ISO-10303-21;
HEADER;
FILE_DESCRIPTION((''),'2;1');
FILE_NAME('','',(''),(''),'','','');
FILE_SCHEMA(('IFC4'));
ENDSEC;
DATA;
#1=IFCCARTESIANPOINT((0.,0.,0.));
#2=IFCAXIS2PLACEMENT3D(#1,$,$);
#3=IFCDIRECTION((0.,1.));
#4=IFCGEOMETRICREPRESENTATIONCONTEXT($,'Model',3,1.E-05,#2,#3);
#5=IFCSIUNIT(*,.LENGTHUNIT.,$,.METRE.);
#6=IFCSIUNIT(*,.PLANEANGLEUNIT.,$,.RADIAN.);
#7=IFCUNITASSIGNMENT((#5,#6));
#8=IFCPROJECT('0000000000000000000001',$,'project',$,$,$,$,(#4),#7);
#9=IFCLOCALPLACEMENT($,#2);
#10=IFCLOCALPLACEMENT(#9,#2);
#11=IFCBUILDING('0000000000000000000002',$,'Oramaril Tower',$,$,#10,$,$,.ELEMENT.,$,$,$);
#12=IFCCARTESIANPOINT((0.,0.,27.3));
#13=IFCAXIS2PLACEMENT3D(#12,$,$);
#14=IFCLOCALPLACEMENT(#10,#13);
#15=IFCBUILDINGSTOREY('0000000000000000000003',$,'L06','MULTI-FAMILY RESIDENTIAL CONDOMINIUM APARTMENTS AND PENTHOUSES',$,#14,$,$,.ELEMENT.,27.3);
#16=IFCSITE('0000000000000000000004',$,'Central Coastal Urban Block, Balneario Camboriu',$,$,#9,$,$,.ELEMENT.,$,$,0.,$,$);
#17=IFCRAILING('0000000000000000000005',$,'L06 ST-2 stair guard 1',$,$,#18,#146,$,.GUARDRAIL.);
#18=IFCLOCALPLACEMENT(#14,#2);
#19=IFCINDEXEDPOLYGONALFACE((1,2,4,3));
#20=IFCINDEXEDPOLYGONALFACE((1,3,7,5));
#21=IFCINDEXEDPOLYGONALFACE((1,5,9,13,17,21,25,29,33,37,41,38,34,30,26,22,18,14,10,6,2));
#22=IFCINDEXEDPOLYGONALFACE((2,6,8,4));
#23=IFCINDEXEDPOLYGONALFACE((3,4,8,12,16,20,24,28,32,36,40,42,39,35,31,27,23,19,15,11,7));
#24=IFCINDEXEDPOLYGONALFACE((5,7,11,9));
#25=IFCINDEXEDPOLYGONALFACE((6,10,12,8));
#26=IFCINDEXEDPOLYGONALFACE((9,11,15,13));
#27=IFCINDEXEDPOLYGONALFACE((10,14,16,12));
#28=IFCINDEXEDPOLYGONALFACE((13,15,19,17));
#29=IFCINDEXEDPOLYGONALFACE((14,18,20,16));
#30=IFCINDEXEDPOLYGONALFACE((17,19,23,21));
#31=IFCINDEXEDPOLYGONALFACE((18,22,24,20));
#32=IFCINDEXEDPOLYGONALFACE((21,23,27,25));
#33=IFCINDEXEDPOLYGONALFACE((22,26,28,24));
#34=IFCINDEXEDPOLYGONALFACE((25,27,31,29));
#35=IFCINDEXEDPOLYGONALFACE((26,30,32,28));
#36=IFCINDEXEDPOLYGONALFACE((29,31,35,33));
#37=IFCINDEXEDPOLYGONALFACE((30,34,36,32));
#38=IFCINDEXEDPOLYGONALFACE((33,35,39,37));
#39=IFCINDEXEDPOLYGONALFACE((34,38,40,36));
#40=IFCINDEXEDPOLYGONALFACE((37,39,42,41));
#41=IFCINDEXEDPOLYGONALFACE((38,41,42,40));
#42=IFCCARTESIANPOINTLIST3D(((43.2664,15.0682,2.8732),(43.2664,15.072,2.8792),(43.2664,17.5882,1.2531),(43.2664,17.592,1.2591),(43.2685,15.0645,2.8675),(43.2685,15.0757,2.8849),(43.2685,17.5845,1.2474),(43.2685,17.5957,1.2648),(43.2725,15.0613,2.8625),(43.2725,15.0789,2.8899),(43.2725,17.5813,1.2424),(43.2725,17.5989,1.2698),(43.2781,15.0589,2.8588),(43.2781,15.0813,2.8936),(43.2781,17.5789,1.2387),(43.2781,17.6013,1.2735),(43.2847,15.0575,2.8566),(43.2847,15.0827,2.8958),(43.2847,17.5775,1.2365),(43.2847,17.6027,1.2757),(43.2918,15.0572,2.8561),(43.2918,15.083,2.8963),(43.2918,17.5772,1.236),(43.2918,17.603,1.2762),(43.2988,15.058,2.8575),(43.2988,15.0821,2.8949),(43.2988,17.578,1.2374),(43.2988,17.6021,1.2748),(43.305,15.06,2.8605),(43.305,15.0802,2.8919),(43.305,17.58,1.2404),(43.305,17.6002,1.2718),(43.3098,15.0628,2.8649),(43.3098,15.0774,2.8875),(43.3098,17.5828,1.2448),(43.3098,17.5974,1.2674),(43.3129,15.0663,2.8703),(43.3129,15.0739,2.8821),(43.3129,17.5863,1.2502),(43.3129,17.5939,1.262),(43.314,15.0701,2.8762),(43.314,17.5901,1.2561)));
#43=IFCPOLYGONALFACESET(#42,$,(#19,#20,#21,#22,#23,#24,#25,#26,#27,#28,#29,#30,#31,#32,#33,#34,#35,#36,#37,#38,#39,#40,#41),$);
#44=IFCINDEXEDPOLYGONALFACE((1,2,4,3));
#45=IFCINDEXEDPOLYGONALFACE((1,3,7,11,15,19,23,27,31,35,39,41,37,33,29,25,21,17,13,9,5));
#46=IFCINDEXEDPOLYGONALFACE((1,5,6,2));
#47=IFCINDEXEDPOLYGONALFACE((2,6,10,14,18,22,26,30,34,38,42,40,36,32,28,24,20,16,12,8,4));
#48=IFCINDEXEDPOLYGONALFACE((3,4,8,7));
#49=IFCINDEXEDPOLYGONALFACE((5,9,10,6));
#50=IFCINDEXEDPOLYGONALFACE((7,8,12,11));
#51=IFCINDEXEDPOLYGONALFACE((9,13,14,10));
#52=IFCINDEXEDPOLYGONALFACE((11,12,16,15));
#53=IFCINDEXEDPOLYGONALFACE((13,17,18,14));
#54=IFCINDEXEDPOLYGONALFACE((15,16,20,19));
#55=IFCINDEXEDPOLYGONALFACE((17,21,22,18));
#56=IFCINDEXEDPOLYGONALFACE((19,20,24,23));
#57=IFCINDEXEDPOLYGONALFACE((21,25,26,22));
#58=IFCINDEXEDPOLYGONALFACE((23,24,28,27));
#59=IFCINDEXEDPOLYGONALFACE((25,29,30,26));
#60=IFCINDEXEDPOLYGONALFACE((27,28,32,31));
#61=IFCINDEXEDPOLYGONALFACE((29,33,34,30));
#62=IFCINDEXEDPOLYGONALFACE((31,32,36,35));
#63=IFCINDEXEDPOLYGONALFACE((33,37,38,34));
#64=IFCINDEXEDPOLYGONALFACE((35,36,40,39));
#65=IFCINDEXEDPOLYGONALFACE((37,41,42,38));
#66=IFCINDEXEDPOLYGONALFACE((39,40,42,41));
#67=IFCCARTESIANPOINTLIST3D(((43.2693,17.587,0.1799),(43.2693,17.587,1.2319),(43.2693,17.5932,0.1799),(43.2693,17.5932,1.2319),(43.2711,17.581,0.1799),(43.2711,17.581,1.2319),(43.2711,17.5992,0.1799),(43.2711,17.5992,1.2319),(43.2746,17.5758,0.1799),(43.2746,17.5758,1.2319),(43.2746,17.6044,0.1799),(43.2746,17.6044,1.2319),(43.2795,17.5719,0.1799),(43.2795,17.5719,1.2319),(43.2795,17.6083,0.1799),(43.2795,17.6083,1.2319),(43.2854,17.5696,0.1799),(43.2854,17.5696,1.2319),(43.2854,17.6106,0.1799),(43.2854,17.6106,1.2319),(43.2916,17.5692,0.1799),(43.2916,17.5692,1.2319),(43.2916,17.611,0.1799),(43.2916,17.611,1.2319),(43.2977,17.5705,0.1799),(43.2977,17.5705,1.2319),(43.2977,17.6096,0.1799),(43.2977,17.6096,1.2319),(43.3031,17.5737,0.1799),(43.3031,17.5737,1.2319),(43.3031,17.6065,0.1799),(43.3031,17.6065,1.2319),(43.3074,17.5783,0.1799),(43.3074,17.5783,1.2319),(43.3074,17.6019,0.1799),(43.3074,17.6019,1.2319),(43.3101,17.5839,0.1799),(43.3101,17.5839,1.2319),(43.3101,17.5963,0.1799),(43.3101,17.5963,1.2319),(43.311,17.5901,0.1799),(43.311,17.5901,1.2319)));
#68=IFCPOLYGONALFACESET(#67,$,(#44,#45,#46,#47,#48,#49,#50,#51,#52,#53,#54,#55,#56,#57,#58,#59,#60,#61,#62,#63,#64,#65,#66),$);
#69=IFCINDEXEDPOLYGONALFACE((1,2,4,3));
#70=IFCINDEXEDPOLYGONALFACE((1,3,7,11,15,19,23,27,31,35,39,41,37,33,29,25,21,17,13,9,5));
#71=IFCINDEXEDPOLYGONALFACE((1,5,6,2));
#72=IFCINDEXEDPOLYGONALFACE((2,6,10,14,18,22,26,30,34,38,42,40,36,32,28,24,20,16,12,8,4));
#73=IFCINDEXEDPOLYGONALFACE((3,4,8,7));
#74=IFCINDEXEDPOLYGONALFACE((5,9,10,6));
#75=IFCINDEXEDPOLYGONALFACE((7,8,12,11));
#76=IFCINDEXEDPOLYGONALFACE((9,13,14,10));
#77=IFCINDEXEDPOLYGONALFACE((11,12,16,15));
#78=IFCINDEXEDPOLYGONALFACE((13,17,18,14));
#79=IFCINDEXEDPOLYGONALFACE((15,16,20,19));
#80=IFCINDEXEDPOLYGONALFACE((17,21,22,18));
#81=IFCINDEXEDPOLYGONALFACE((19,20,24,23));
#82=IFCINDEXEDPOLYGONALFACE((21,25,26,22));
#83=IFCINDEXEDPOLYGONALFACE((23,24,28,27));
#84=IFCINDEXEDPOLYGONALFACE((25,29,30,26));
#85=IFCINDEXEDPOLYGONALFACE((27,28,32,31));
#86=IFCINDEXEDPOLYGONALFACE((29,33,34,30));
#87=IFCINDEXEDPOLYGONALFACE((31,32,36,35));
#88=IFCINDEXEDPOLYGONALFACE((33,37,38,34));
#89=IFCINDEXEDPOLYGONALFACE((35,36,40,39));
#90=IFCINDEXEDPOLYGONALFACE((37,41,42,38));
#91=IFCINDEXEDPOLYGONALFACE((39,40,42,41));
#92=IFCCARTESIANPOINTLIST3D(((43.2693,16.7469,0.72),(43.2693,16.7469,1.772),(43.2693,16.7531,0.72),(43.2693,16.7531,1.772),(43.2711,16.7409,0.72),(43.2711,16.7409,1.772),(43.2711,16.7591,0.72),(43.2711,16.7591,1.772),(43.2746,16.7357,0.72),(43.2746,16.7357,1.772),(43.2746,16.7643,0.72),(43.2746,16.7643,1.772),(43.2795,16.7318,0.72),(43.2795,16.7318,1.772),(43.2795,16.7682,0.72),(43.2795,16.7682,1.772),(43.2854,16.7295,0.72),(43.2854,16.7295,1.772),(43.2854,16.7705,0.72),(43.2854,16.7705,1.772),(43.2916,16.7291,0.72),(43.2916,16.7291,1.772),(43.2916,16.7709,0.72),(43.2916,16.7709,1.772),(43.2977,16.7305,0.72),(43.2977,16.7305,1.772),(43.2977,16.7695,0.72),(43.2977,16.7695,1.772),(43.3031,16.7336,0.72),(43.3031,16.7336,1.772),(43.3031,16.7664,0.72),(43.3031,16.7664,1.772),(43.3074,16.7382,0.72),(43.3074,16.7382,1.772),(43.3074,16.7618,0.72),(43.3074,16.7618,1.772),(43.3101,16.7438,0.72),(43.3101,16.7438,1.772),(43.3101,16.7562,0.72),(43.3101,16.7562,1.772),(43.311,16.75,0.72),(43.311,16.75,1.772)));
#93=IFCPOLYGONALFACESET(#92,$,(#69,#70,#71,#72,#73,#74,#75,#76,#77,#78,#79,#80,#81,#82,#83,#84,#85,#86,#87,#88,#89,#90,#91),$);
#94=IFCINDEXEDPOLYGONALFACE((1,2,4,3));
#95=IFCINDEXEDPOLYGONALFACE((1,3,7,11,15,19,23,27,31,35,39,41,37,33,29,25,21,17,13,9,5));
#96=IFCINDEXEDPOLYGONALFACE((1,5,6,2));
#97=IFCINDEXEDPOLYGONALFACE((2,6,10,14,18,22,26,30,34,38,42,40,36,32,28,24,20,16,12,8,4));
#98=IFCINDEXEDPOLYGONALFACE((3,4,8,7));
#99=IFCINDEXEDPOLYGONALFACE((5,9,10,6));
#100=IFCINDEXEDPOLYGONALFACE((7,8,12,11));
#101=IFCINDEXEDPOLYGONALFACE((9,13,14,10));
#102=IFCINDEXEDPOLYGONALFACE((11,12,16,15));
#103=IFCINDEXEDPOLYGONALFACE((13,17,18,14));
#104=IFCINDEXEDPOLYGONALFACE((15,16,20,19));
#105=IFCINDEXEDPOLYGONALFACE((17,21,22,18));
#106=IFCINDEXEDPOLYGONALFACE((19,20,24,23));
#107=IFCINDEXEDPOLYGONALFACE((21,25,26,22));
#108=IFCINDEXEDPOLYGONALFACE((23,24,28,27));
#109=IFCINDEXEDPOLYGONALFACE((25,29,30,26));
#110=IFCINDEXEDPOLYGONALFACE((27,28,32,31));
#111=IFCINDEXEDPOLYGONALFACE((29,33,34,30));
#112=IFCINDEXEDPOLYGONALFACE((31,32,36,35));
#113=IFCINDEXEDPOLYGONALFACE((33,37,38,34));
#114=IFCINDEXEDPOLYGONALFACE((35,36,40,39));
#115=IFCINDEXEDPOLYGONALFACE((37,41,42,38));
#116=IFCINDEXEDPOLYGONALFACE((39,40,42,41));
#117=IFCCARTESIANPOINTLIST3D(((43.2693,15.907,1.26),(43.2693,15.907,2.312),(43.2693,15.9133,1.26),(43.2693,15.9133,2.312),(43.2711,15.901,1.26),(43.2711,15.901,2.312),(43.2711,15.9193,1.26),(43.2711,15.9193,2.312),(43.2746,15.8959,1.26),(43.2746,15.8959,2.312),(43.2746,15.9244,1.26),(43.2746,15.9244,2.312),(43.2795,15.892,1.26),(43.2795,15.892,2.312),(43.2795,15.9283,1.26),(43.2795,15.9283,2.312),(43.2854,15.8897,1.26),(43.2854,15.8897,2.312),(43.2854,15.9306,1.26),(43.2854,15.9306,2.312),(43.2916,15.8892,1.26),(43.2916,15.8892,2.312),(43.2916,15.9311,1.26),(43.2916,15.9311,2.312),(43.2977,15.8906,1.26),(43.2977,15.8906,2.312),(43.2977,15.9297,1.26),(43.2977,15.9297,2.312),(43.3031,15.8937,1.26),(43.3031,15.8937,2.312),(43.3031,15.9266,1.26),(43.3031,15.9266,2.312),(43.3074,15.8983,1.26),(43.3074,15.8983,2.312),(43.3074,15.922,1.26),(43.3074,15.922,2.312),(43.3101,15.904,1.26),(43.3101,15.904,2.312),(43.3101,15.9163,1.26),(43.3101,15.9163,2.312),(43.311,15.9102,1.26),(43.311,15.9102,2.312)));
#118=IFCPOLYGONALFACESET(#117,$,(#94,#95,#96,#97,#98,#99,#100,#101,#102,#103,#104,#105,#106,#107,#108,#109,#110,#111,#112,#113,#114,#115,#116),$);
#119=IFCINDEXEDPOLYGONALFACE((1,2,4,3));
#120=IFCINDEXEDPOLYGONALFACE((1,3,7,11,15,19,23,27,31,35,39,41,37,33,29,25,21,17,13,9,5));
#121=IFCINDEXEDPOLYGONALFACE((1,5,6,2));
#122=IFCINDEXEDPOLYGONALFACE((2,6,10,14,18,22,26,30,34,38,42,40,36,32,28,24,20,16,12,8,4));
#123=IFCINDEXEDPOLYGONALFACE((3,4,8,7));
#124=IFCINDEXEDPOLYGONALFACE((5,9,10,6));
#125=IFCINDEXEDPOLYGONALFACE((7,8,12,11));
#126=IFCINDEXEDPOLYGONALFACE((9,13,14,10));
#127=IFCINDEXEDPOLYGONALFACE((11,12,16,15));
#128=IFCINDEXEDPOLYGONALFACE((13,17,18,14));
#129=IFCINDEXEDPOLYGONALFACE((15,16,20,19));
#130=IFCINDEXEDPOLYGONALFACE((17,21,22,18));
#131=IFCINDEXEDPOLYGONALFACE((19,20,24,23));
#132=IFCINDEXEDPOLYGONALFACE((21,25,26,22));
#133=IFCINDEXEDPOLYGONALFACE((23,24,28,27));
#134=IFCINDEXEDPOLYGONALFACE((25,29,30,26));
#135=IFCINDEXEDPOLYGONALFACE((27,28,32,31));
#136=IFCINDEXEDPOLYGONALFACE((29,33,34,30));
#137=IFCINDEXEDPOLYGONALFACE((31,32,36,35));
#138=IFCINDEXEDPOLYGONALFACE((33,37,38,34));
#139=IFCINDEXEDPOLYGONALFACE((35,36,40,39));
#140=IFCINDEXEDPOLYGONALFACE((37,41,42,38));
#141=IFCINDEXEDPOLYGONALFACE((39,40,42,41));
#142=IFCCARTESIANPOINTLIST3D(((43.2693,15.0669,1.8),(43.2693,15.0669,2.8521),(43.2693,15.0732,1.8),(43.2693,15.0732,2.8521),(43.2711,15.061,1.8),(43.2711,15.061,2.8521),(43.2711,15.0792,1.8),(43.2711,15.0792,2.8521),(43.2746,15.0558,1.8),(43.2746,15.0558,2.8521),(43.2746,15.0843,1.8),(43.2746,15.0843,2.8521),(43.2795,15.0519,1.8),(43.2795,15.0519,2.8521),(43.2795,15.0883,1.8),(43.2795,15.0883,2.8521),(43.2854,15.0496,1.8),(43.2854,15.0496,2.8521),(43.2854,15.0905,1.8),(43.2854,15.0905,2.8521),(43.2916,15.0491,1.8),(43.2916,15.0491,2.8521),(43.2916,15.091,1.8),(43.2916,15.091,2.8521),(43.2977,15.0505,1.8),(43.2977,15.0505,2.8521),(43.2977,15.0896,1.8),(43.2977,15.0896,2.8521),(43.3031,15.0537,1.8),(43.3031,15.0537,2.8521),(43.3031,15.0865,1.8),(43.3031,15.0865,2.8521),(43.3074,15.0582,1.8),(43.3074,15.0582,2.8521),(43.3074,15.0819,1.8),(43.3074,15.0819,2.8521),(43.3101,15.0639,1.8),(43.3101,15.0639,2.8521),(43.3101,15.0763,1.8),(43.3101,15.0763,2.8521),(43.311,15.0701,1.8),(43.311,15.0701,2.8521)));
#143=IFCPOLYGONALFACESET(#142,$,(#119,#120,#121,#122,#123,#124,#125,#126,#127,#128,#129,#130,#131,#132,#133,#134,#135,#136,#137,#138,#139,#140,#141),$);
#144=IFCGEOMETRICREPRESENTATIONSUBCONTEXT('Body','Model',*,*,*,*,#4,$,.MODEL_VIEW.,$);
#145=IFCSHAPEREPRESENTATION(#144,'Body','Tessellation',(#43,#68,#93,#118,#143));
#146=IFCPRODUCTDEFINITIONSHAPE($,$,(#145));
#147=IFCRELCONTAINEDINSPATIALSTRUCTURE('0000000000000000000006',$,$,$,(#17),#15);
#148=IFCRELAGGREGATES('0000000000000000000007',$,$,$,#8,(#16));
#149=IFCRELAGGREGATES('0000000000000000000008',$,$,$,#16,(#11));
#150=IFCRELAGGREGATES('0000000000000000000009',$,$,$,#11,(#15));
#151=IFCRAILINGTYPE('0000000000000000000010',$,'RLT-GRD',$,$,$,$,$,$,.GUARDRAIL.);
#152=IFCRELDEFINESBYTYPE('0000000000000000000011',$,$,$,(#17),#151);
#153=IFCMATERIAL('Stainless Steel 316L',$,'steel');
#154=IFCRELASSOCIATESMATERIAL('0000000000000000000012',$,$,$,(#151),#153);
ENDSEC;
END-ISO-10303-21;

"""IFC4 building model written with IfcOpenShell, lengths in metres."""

from ifc_helpers import new_model, si_unit, direction, frame, origin, origin_2d, place, context, subcontext, project, spatial, circle, extrude, material, type_object, element, save


model = new_model("IFC4")

# Units and contexts
model_context = context("Model", 3, precision=1e-05, world=origin(), true_north=direction((0.0, 1.0)))
body_context = subcontext(model_context, "Body", "Model", "MODEL_VIEW")
ifc_project = project(units=[si_unit("LENGTHUNIT", "METRE"), si_unit("PLANEANGLEUNIT", "RADIAN")], contexts=[model_context])

# Site, building, storey
site_placement = place(None, origin())
site = spatial("IfcSite", under=ifc_project, at=site_placement, Name="Central Coastal Urban Block, Balneario Camboriu", CompositionType="ELEMENT", RefElevation=0.0)
building_placement = place(site_placement, origin())
building = spatial("IfcBuilding", under=site, at=building_placement, Name="Oramaril Tower", CompositionType="ELEMENT")
storey_placement = place(building_placement, frame((0.0, 0.0, 27.3)))
storey = spatial("IfcBuildingStorey", under=building, at=storey_placement, Name="L06", Description="MULTI-FAMILY RESIDENTIAL CONDOMINIUM APARTMENTS AND PENTHOUSES", CompositionType="ELEMENT", Elevation=27.3)

# Railing
ifc_material_1 = material(Name="Stainless Steel 316L", Category="steel")
railing_type_1 = type_object("IfcRailingType", Name="RLT-GRD", PredefinedType="GUARDRAIL", material=ifc_material_1)
railing_1_placement = place(storey_placement, frame((43.29, 17.5901, 0.1799)))
element("IfcRailing", 1, at=railing_1_placement, inside=storey, type_object=railing_type_1, Name="L06 ST-2 stair guard 1", PredefinedType="GUARDRAIL", context=body_context, shape_type="SweptSolid", body=[
    extrude(circle(Radius=0.0239, at=origin_2d()), frame((0.0, 0.0, 1.0762), z_axis=(0.0, -0.841163, 0.540782), x_axis=(1.0, 0.0, 0.0)), (0.0, 0.0, 1.0), 2.9958),
    extrude(circle(Radius=0.021, at=origin_2d()), origin(), (0.0, 0.0, 1.0), 1.052),
    extrude(circle(Radius=0.021, at=origin_2d()), frame((0.0, -0.8401, 0.54)), (0.0, 0.0, 1.0), 1.052),
    extrude(circle(Radius=0.021, at=origin_2d()), frame((0.0, -1.6799, 1.0801)), (0.0, 0.0, 1.0), 1.052),
    extrude(circle(Radius=0.021, at=origin_2d()), frame((0.0, -2.52, 1.6201)), (0.0, 0.0, 1.0), 1.052),
])

save(model, "model.ifc")
